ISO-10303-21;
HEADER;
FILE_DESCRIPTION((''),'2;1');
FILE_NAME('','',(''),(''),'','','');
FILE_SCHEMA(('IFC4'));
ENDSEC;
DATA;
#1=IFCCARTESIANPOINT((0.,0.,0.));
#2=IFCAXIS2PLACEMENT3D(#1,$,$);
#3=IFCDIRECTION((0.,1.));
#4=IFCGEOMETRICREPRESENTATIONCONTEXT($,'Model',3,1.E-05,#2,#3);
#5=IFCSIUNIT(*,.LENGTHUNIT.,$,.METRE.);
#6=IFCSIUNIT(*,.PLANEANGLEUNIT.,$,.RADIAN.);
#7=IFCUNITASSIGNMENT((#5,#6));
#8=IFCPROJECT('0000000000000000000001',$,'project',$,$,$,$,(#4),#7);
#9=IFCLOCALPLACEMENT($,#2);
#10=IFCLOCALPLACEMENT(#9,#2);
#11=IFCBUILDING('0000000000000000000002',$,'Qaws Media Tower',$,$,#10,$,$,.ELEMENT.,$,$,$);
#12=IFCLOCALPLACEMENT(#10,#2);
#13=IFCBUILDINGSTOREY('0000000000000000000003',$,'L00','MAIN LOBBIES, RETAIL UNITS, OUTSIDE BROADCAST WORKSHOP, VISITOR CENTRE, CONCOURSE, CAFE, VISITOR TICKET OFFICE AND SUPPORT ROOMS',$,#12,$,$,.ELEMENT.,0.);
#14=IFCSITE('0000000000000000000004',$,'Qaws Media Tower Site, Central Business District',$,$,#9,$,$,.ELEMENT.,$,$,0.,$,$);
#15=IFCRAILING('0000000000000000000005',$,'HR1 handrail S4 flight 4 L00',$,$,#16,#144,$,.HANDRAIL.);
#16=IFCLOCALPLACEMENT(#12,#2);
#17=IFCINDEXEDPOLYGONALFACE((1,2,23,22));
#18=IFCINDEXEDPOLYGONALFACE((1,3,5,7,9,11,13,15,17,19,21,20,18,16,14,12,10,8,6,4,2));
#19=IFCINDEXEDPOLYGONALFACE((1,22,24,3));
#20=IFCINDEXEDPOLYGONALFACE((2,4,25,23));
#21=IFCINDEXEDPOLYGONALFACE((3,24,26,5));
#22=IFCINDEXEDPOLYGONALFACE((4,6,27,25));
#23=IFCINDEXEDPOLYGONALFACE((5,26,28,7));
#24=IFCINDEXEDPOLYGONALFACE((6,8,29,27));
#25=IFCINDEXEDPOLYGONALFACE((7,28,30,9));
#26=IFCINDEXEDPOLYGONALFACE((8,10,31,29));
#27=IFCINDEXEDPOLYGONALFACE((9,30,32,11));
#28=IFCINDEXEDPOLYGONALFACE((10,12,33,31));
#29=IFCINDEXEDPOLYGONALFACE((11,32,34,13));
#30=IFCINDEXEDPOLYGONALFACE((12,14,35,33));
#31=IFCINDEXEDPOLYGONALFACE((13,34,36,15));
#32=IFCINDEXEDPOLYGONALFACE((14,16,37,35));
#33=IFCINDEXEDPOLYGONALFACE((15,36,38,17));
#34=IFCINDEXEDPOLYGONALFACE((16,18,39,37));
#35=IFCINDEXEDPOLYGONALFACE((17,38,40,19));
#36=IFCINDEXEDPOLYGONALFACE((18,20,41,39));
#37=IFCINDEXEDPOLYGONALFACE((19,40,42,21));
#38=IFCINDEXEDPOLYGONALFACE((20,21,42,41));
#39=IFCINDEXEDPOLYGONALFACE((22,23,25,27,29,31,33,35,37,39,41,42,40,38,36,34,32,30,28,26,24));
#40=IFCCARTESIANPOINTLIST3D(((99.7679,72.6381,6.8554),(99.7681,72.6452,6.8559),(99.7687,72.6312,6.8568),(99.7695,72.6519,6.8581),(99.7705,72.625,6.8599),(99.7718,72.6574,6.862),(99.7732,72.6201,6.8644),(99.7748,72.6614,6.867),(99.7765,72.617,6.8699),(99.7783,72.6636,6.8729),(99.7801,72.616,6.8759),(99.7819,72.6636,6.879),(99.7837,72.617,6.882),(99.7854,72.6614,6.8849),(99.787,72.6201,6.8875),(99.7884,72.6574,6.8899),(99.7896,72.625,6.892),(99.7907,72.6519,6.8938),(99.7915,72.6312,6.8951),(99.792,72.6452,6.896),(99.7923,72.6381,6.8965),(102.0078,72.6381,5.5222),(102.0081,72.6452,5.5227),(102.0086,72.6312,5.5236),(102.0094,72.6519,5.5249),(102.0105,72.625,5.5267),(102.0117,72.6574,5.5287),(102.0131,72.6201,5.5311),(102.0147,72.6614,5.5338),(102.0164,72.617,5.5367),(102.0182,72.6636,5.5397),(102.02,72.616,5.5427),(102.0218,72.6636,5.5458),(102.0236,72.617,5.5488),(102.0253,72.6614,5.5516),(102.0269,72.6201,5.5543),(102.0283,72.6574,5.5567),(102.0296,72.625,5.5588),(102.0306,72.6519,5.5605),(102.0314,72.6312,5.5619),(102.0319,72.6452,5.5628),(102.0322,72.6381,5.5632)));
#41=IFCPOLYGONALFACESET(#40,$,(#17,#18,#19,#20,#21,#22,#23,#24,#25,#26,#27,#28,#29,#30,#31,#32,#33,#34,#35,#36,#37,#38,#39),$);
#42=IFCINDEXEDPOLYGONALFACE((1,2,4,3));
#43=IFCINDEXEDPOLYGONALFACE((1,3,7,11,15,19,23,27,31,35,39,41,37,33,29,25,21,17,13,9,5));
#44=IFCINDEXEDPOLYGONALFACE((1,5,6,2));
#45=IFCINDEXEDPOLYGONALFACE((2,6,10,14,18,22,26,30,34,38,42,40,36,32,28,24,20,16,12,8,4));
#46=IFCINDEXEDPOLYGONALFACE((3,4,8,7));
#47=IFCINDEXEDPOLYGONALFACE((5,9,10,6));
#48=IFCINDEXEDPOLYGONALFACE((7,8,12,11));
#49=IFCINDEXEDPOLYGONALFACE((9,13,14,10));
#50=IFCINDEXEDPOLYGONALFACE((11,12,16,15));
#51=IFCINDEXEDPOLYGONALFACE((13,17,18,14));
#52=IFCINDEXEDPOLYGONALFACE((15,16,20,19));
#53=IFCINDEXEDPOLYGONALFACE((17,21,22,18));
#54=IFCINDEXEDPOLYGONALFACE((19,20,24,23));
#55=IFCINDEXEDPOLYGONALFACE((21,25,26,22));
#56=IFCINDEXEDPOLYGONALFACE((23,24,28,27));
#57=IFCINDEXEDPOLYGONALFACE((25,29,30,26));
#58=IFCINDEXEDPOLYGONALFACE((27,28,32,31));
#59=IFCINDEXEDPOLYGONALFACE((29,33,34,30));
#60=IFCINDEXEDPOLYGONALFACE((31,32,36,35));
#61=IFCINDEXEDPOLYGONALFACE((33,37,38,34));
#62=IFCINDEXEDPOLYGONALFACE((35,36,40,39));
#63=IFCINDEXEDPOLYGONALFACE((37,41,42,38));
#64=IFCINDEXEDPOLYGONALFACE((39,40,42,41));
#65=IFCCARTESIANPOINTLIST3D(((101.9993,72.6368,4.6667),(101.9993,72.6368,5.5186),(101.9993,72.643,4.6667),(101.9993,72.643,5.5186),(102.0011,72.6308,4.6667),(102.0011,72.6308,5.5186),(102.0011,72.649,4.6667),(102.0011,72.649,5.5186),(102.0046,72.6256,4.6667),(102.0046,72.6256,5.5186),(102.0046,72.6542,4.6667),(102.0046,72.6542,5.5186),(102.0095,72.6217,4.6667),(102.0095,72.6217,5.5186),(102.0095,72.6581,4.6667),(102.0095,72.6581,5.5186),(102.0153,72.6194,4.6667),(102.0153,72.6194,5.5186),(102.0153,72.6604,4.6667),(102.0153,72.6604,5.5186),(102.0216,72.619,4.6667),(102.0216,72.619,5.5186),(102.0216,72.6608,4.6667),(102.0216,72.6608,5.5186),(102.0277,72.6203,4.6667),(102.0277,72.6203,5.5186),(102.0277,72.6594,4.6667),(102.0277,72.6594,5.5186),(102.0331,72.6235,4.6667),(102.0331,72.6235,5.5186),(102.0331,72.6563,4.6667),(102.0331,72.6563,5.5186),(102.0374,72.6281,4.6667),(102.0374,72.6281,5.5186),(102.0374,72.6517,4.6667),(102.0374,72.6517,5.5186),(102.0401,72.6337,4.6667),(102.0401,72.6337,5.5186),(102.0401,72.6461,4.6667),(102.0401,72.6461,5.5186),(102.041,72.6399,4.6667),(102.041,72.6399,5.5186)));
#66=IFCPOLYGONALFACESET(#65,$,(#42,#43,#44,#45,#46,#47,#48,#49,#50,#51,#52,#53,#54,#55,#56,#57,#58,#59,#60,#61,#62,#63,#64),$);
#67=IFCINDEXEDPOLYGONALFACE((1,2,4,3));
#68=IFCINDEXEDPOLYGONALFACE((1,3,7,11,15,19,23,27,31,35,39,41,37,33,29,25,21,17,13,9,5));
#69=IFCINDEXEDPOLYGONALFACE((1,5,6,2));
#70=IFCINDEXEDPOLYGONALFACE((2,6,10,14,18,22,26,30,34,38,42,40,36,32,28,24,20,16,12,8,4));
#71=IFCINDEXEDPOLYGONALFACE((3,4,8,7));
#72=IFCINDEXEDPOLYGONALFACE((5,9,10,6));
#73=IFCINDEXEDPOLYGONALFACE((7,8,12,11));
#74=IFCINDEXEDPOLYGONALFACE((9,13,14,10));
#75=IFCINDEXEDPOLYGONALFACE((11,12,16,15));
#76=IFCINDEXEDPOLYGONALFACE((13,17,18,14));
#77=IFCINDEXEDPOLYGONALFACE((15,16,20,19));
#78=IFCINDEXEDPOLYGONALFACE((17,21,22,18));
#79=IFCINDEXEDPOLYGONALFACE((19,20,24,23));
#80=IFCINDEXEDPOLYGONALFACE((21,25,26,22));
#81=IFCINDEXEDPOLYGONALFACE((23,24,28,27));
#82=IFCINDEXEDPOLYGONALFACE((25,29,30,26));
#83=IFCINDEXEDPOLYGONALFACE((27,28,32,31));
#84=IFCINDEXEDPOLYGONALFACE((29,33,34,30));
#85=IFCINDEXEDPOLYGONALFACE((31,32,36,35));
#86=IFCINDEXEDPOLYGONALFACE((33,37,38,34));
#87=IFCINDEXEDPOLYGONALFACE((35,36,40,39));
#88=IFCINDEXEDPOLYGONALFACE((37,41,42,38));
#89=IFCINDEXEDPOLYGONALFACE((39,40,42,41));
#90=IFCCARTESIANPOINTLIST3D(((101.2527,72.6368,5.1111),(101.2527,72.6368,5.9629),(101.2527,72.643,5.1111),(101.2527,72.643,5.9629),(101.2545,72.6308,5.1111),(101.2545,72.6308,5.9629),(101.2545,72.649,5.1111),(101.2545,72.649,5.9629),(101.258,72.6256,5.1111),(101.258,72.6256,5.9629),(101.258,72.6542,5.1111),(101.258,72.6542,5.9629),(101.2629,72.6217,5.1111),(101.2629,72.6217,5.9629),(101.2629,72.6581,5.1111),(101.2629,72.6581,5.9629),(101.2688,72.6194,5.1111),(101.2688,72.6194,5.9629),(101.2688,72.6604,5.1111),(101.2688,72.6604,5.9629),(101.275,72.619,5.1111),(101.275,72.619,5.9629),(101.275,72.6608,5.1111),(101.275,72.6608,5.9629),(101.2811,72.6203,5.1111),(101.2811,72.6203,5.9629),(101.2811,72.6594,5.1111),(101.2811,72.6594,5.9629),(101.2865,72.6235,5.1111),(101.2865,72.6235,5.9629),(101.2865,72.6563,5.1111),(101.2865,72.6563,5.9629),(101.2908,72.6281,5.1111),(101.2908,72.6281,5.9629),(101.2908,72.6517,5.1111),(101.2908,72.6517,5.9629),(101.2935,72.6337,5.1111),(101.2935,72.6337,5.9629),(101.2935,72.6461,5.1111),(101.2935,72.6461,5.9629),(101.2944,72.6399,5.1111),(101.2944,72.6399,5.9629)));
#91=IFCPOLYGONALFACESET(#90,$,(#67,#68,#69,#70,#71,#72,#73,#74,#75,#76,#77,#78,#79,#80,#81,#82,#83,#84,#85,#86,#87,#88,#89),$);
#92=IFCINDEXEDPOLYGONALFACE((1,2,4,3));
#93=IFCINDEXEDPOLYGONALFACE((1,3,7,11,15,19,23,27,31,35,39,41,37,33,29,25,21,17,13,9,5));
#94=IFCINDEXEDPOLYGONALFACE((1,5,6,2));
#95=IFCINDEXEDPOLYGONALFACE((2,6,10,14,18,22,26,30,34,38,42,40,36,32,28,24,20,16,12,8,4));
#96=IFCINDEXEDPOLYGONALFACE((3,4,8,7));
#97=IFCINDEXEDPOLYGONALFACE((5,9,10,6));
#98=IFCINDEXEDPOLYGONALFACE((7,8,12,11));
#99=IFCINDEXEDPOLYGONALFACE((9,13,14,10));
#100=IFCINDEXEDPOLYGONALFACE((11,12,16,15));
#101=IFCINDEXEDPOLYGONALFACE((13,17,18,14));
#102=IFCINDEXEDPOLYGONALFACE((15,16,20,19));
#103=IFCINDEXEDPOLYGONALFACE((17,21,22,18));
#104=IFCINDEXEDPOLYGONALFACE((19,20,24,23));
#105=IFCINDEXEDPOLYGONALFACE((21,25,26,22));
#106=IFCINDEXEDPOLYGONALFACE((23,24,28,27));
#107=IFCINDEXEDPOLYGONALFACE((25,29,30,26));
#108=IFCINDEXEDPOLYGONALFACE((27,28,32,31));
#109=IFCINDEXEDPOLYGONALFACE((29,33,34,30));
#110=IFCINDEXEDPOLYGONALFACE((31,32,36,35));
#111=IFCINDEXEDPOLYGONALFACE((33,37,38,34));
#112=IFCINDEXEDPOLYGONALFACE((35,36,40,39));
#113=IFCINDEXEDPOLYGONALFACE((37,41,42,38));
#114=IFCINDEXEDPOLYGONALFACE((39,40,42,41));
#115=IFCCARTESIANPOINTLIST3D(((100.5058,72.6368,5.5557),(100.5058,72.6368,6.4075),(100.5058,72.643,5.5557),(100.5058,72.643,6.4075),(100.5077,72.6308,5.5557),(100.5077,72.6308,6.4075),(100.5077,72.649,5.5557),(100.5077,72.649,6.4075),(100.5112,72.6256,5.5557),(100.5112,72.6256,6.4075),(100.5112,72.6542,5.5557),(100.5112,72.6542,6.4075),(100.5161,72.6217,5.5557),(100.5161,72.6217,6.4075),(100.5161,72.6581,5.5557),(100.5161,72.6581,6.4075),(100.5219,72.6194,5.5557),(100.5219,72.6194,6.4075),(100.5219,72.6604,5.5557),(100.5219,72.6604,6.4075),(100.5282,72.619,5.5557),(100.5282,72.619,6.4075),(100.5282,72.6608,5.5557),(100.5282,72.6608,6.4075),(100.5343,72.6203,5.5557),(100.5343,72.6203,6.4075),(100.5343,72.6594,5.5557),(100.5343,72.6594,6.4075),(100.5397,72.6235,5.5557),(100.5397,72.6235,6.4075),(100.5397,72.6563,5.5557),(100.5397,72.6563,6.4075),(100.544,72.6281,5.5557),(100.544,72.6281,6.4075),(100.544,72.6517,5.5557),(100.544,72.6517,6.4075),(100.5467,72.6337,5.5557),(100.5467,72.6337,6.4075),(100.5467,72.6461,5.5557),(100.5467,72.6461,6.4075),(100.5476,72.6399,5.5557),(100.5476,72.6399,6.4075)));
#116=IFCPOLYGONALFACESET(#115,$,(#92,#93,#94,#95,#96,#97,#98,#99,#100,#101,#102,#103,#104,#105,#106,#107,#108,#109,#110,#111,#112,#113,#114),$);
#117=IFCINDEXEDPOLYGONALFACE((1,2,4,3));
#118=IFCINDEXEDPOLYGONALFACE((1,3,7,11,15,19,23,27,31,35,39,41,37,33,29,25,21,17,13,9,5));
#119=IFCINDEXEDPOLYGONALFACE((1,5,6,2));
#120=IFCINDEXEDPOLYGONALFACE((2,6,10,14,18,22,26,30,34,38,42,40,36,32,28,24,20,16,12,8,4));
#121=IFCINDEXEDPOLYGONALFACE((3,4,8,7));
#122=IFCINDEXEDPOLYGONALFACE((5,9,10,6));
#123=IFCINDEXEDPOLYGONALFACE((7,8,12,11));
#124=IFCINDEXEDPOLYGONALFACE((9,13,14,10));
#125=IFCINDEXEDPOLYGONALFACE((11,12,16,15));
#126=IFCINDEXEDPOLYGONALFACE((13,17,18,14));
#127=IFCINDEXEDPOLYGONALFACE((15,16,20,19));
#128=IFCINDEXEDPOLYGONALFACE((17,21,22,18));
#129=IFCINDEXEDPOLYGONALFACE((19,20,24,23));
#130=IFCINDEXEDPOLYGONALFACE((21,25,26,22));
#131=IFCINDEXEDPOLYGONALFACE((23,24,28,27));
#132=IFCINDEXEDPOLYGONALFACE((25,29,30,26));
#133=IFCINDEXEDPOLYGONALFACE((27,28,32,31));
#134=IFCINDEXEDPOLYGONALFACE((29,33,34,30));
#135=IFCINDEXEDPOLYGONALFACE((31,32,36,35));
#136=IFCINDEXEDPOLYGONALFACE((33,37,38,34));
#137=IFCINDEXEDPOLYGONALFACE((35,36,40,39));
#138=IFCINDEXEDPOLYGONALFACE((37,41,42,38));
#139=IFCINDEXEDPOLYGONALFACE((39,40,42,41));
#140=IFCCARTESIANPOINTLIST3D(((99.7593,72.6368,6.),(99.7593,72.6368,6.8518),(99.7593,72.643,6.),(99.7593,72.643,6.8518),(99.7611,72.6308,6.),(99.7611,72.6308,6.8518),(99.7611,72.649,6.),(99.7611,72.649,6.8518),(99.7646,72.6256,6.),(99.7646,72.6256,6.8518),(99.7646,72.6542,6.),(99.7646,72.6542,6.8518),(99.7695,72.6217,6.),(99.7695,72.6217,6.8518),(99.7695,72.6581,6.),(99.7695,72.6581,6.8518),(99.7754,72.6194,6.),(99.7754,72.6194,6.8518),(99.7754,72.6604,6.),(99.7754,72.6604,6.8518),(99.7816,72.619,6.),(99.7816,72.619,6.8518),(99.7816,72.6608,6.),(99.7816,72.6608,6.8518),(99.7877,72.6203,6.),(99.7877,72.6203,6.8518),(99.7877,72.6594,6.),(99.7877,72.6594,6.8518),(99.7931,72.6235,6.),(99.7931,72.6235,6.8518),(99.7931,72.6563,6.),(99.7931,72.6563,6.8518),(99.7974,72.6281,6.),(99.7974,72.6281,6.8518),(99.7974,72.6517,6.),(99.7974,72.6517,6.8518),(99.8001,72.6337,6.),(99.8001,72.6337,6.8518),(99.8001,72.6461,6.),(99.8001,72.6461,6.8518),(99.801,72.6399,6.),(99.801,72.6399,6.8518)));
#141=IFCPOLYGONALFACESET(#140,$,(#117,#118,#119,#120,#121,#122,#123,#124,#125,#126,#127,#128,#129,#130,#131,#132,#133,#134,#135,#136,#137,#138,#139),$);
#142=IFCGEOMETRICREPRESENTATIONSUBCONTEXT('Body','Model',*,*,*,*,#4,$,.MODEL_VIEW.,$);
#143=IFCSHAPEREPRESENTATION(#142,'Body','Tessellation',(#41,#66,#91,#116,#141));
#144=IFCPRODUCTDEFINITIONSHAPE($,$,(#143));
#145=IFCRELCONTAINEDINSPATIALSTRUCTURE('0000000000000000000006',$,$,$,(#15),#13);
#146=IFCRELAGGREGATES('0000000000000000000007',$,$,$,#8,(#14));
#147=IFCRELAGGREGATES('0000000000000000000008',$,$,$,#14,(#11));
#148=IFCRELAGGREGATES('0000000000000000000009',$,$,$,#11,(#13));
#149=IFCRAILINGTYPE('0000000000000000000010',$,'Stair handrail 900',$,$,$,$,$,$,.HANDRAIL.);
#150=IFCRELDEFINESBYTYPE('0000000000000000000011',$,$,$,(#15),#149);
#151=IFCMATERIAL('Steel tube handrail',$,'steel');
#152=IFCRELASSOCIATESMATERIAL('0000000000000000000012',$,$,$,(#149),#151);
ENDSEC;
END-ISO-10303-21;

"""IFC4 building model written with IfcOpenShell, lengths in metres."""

from ifc_helpers import new_model, si_unit, direction, frame, origin, origin_2d, place, context, subcontext, project, spatial, circle, extrude, material, type_object, element, save


model = new_model("IFC4")

# Units and contexts
model_context = context("Model", 3, precision=1e-05, world=origin(), true_north=direction((0.0, 1.0)))
body_context = subcontext(model_context, "Body", "Model", "MODEL_VIEW")
ifc_project = project(units=[si_unit("LENGTHUNIT", "METRE"), si_unit("PLANEANGLEUNIT", "RADIAN")], contexts=[model_context])

# Site, building, storey
site_placement = place(None, origin())
site = spatial("IfcSite", under=ifc_project, at=site_placement, Name="Qaws Media Tower Site, Central Business District", CompositionType="ELEMENT", RefElevation=0.0)
building_placement = place(site_placement, origin())
building = spatial("IfcBuilding", under=site, at=building_placement, Name="Qaws Media Tower", CompositionType="ELEMENT")
storey_placement = place(building_placement, origin())
storey = spatial("IfcBuildingStorey", under=building, at=storey_placement, Name="L00", Description="MAIN LOBBIES, RETAIL UNITS, OUTSIDE BROADCAST WORKSHOP, VISITOR CENTRE, CONCOURSE, CAFE, VISITOR TICKET OFFICE AND SUPPORT ROOMS", CompositionType="ELEMENT", Elevation=0.0)

# Railing
ifc_material_1 = material(Name="Steel tube handrail", Category="steel")
railing_type = type_object("IfcRailingType", Name="Stair handrail 900", PredefinedType="HANDRAIL", material=ifc_material_1)
for number, where, name in (
    (1, (102.02, 72.6399, 4.6667), "HR1 handrail S4 flight 4 L00"),
):
    element("IfcRailing", number, at=place(storey_placement, frame(where)), inside=storey, type_object=railing_type, Name=name, PredefinedType="HANDRAIL", context=body_context, shape_type="SweptSolid", body=[
        extrude(circle(Radius=0.0239, at=origin_2d()), frame((0.0, 0.0, 0.876), z_axis=(-0.859306, 0.0, 0.511462), x_axis=(0.0, -1.0, 0.0)), (0.0, 0.0, 1.0), 2.6067),
        extrude(circle(Radius=0.021, at=origin_2d()), origin(), (0.0, 0.0, 1.0), 0.8518),
        extrude(circle(Radius=0.021, at=origin_2d()), frame((-0.7466, 0.0, 0.4443)), (0.0, 0.0, 1.0), 0.8518),
        extrude(circle(Radius=0.021, at=origin_2d()), frame((-1.4934, 0.0, 0.8889)), (0.0, 0.0, 1.0), 0.8518),
        extrude(circle(Radius=0.021, at=origin_2d()), frame((-2.24, 0.0, 1.3333)), (0.0, 0.0, 1.0), 0.8518),
    ])

save(model, "model.ifc")
